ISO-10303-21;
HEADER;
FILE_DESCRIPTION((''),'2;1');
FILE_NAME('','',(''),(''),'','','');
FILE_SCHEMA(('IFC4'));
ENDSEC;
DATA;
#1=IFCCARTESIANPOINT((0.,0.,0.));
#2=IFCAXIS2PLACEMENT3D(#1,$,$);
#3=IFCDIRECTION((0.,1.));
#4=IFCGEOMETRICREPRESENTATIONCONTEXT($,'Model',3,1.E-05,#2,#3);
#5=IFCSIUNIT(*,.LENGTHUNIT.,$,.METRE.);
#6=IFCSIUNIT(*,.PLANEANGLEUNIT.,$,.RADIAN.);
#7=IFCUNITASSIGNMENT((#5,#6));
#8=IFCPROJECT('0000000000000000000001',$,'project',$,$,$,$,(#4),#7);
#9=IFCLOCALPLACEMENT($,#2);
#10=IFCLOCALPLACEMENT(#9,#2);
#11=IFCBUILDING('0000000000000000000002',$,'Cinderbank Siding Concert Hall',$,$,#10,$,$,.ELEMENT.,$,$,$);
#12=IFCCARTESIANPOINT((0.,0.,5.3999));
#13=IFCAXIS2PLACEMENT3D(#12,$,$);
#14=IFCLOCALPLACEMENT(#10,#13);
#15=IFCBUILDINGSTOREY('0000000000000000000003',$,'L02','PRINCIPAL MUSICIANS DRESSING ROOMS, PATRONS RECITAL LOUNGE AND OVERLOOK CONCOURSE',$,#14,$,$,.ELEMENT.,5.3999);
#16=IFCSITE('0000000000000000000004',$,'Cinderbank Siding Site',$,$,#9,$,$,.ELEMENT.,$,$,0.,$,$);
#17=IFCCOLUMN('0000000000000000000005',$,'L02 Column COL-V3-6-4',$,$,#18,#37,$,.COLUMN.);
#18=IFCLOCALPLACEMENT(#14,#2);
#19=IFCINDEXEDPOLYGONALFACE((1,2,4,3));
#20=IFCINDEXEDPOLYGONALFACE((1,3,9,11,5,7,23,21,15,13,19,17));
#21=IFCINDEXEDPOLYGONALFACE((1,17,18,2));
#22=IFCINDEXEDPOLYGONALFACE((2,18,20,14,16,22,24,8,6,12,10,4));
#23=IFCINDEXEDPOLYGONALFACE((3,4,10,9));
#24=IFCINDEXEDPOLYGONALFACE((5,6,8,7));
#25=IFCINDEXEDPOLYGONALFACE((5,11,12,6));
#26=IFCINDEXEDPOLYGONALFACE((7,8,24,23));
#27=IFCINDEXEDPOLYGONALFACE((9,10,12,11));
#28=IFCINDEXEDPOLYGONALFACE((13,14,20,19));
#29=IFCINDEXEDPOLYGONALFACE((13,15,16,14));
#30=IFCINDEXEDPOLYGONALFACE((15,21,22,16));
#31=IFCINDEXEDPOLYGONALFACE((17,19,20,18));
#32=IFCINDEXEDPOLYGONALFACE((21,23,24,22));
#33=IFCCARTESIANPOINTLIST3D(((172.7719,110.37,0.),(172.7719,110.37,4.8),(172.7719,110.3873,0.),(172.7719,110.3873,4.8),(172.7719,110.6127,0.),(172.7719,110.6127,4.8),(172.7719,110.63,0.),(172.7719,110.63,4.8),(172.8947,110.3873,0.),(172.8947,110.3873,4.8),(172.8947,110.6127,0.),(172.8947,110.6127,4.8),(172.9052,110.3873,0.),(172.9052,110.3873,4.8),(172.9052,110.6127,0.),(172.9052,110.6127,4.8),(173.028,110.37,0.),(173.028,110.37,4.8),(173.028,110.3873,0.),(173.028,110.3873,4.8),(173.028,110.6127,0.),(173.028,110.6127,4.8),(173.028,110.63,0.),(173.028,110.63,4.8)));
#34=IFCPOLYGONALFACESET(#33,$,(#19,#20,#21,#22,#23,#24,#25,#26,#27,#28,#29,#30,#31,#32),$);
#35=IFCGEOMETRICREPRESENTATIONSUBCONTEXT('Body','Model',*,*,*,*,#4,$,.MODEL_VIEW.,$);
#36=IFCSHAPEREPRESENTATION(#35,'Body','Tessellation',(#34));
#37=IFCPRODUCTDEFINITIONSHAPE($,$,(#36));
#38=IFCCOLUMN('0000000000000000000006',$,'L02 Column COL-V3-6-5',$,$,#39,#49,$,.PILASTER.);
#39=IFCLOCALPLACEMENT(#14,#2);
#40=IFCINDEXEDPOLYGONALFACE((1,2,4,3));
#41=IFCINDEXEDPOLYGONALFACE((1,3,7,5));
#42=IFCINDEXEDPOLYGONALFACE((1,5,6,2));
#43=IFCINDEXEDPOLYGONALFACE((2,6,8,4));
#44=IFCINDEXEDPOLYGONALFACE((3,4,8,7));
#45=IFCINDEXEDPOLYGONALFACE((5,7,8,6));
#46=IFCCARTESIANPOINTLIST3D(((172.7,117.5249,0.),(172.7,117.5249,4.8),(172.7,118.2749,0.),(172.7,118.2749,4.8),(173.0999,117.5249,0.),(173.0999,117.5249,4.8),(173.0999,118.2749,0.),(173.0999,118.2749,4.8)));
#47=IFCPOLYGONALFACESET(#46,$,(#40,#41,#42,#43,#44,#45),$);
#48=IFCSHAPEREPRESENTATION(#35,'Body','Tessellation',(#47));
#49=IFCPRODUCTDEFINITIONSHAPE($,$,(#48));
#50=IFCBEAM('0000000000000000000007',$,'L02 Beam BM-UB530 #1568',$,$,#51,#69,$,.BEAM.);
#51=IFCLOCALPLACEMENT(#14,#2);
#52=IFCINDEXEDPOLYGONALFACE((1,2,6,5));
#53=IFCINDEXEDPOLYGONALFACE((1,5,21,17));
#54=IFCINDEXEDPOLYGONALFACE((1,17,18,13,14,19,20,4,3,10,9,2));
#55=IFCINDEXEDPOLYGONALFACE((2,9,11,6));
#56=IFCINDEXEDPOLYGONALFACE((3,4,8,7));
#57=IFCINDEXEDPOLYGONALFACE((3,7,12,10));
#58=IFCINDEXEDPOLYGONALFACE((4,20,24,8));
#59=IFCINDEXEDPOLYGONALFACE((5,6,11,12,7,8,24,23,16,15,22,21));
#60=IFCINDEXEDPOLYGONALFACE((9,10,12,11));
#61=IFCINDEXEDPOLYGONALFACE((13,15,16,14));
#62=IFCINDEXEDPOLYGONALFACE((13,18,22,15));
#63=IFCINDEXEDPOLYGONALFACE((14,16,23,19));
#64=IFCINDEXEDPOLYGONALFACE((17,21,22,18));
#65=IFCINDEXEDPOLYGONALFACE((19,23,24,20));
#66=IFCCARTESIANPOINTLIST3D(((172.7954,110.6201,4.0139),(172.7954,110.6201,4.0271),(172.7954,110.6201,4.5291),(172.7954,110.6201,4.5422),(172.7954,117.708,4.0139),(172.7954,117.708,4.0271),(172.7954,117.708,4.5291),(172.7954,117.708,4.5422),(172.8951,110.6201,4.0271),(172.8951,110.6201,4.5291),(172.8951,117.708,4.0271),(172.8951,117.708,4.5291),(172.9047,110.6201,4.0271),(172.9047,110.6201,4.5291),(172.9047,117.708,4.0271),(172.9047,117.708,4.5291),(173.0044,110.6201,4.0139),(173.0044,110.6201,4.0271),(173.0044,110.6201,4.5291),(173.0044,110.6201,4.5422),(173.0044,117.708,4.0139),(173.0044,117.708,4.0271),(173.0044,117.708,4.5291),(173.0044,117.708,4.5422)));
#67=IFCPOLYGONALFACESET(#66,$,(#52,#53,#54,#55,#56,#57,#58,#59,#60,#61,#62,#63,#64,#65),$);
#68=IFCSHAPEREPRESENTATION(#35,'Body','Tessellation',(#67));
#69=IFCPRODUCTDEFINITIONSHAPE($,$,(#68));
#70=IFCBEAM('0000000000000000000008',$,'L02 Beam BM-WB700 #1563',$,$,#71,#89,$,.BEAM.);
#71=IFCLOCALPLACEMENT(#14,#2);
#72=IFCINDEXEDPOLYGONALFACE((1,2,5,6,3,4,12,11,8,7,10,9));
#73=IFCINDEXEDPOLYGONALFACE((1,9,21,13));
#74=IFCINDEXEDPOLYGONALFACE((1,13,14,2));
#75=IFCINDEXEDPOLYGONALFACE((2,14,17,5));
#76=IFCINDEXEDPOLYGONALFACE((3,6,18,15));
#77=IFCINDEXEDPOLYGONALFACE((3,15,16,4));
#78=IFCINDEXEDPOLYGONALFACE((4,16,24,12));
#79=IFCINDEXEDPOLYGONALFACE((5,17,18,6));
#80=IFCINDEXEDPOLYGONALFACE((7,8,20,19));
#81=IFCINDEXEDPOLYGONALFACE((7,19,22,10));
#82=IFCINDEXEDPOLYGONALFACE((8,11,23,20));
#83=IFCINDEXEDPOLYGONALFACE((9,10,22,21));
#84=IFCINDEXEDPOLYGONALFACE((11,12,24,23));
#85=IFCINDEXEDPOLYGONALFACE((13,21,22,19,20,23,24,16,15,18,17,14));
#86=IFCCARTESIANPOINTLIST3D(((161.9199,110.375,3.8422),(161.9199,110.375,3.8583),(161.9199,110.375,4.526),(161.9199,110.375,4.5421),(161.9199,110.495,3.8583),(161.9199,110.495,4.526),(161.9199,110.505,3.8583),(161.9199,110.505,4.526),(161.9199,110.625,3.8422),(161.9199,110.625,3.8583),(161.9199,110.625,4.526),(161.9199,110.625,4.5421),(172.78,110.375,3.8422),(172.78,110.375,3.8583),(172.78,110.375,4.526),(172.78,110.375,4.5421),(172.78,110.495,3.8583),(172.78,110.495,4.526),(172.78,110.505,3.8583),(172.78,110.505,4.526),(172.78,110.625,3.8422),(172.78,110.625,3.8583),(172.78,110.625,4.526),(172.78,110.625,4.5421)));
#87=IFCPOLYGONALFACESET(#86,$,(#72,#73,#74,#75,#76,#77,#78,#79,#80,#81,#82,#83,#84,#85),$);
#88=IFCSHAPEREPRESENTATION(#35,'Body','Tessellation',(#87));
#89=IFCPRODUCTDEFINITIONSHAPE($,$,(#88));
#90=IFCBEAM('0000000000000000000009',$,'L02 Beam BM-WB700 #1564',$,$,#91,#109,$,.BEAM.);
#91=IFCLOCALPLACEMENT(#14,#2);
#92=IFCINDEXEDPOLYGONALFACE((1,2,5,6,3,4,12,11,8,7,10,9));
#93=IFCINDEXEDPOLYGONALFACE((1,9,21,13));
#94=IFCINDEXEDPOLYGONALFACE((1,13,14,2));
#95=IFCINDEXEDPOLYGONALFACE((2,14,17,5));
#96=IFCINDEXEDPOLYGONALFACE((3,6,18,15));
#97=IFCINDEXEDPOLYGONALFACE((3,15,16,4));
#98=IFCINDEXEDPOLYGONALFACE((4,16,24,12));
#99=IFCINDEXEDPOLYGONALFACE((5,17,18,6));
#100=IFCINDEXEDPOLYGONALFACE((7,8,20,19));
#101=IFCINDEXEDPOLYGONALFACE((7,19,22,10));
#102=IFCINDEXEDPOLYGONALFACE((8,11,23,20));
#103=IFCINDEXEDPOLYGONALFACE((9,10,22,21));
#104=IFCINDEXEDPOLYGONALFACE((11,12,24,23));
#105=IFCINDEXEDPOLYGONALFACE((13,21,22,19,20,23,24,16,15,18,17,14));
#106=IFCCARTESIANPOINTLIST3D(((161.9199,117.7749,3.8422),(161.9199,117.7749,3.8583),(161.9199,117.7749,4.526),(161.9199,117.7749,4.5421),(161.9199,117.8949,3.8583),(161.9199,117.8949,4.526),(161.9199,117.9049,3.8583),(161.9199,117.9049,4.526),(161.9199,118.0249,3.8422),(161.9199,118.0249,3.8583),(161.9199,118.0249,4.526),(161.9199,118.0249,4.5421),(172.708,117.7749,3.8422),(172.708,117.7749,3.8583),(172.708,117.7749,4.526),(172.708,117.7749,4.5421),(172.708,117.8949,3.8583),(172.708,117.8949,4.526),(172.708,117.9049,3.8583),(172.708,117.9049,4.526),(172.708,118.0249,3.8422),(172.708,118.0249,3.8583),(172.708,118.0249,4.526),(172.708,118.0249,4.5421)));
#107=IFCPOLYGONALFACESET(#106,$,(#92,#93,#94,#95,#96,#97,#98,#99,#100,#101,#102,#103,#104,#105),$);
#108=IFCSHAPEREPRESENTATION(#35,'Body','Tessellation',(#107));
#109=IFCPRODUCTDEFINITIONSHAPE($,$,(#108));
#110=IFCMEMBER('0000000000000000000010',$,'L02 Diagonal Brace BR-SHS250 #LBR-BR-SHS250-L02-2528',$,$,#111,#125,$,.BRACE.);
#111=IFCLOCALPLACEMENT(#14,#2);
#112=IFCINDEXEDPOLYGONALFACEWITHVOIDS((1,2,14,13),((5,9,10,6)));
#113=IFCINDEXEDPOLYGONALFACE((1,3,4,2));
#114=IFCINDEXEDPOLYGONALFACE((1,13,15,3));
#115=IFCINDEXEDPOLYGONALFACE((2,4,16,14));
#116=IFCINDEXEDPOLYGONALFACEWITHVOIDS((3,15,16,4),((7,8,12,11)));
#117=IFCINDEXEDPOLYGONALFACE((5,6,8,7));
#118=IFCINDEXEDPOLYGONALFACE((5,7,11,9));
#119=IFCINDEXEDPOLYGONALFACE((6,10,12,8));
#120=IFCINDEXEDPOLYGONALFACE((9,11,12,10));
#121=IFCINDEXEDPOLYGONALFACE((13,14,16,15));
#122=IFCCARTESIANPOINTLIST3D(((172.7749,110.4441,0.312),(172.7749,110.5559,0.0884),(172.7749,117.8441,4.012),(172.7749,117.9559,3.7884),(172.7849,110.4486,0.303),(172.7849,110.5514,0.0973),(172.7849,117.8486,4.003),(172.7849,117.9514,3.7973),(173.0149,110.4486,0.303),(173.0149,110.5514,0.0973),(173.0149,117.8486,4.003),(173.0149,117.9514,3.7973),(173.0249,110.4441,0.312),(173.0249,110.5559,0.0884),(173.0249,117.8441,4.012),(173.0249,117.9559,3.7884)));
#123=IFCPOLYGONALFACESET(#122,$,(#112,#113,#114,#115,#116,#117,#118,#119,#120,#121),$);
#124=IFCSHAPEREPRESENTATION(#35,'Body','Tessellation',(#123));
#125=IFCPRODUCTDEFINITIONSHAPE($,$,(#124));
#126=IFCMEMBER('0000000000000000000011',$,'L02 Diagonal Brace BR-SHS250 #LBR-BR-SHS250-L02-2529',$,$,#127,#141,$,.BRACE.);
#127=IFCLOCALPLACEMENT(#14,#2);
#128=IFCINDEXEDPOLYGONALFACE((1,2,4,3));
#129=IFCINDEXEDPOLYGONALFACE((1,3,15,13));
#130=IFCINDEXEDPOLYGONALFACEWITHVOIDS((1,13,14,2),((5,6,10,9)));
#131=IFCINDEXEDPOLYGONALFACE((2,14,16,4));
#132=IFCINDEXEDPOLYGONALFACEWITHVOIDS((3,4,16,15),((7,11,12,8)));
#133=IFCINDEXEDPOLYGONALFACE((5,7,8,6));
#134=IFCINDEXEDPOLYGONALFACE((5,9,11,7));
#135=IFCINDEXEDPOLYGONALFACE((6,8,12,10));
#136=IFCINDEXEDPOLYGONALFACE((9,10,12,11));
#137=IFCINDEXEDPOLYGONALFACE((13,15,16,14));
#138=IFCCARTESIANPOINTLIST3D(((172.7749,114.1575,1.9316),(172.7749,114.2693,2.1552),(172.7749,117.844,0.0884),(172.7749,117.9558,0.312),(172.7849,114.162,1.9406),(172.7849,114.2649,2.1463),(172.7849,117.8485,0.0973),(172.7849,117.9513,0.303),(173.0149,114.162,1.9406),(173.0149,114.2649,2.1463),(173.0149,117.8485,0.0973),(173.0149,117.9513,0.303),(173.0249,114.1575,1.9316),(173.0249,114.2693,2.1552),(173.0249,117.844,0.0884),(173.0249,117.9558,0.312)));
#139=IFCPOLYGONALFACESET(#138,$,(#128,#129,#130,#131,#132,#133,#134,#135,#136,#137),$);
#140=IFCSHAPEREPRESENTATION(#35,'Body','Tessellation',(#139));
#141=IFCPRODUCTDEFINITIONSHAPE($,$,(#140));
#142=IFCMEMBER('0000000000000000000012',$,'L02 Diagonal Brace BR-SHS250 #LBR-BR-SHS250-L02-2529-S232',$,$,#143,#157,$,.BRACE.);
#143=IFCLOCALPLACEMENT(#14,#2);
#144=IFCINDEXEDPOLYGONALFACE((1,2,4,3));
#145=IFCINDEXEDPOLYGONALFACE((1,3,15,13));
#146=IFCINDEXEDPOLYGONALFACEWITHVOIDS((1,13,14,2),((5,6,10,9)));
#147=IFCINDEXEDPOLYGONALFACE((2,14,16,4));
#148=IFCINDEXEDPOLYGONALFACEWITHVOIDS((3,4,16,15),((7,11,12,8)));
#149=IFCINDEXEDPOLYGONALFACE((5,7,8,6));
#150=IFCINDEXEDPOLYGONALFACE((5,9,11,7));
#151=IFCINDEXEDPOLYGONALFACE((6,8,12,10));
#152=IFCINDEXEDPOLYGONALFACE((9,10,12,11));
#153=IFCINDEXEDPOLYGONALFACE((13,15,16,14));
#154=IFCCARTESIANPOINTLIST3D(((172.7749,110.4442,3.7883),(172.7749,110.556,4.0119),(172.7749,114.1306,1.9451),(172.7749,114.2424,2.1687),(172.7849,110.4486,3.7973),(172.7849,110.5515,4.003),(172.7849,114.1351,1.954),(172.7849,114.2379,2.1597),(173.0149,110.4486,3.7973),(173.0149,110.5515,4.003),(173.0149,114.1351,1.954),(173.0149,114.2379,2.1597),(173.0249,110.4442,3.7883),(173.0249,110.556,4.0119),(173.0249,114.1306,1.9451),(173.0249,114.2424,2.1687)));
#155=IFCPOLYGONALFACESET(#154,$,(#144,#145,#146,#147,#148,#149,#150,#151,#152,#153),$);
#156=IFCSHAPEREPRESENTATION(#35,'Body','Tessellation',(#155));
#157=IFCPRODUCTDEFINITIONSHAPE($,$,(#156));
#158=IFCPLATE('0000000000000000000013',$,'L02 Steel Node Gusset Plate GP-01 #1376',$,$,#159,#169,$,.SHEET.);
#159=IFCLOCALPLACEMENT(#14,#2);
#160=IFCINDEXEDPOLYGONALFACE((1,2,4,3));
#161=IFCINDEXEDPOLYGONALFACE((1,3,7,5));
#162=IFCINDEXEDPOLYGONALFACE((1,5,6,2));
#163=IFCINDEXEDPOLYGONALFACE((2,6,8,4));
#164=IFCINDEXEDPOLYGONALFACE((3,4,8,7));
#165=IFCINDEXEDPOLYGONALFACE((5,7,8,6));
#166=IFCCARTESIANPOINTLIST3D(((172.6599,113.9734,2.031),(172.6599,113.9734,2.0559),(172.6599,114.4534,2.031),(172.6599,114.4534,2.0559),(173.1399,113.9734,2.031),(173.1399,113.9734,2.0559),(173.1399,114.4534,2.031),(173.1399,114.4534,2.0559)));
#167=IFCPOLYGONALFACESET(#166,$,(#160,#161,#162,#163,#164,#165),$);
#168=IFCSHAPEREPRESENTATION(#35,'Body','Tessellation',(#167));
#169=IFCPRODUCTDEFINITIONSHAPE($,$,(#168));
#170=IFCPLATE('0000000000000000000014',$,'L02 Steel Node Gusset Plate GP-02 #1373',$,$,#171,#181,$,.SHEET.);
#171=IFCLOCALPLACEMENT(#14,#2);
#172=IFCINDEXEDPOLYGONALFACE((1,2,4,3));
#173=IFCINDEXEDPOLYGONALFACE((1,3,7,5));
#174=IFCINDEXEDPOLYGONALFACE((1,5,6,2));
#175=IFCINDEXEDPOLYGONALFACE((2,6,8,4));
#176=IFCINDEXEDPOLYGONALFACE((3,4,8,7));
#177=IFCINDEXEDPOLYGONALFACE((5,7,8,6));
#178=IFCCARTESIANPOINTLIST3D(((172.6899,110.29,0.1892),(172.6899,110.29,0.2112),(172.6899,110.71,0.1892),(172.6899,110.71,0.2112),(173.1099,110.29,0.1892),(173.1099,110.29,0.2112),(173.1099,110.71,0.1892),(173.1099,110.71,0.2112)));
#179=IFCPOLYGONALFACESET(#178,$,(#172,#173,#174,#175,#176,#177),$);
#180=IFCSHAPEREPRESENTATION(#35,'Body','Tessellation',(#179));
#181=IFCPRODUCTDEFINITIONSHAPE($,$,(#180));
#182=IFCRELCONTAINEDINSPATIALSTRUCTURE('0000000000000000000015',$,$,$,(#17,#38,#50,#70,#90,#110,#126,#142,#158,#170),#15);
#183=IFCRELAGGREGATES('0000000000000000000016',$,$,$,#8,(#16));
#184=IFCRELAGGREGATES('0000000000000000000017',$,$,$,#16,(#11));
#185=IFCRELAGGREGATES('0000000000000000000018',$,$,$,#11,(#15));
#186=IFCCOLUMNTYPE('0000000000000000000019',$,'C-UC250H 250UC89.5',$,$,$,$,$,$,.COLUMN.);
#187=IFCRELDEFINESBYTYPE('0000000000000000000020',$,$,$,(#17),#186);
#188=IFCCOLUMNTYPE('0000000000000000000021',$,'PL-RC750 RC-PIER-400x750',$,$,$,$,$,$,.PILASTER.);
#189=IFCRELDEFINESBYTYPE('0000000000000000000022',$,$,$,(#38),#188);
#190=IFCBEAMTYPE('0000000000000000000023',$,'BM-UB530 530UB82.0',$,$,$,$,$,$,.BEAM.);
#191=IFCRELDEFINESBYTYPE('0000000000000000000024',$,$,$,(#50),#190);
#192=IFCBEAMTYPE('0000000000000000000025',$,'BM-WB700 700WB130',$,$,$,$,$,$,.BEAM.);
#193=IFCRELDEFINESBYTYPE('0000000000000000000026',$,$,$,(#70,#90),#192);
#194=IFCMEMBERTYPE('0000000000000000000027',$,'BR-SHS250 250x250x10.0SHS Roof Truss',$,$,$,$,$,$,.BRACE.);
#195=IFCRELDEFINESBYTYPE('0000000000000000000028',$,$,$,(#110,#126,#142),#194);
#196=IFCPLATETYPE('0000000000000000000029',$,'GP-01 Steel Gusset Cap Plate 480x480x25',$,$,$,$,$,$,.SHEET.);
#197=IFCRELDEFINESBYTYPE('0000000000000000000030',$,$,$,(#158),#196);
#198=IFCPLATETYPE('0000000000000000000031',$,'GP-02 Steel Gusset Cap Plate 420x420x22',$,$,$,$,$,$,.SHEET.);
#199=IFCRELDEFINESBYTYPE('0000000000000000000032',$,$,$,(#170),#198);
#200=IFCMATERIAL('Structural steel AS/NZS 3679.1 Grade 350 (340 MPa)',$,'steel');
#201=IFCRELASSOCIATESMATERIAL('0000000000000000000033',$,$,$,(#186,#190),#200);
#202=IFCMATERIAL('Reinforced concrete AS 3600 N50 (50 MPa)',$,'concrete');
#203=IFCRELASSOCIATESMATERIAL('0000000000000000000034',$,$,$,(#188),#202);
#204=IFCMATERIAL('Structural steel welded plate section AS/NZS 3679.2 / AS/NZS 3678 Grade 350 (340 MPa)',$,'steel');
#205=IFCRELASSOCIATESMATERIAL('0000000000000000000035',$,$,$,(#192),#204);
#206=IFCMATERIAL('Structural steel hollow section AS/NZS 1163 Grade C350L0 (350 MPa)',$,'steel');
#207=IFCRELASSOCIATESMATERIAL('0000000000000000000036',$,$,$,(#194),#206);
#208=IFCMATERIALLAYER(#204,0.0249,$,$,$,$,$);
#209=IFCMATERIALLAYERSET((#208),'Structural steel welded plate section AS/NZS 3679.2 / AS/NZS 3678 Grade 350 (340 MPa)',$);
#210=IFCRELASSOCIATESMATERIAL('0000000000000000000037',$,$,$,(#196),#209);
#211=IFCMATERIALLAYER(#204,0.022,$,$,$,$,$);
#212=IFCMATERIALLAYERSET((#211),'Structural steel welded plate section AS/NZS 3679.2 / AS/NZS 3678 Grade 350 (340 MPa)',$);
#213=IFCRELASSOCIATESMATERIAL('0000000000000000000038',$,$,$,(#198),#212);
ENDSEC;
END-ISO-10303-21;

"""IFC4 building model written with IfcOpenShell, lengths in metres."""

from ifc_helpers import new_model, si_unit, direction, frame, origin, origin_2d, place, context, subcontext, project, spatial, rectangle, hollow_rectangle, i_section, extrude, material, layer, layer_set, material_profile, profile_set, type_object, element, save


model = new_model("IFC4")

# Units and contexts
model_context = context("Model", 3, precision=1e-05, world=origin(), true_north=direction((0.0, 1.0)))
body_context = subcontext(model_context, "Body", "Model", "MODEL_VIEW")
ifc_project = project(units=[si_unit("LENGTHUNIT", "METRE"), si_unit("PLANEANGLEUNIT", "RADIAN")], contexts=[model_context])

# Site, building, storey
site_placement = place(None, origin())
site = spatial("IfcSite", under=ifc_project, at=site_placement, Name="Cinderbank Siding Site", CompositionType="ELEMENT", RefElevation=0.0)
building_placement = place(site_placement, origin())
building = spatial("IfcBuilding", under=site, at=building_placement, Name="Cinderbank Siding Concert Hall", CompositionType="ELEMENT")
storey_placement = place(building_placement, frame((0.0, 0.0, 5.3999)))
storey = spatial("IfcBuildingStorey", under=building, at=storey_placement, Name="L02", Description="PRINCIPAL MUSICIANS DRESSING ROOMS, PATRONS RECITAL LOUNGE AND OVERLOOK CONCOURSE", CompositionType="ELEMENT", Elevation=5.3999)

# Columns
ifc_material_1 = material(Name="Structural steel AS/NZS 3679.1 Grade 350 (340 MPa)", Category="steel")
ifc_material_profile_1 = material_profile(ifc_material_1, i_section(OverallWidth=0.2561, OverallDepth=0.26, WebThickness=0.0105, FlangeThickness=0.0173, at=origin_2d()), Name="250UC89.5", Category="LoadBearing")
ifc_profile_set_1 = profile_set([ifc_material_profile_1], Name="Structural steel AS/NZS 3679.1 Grade 350 (340 MPa)")
column_type_1 = type_object("IfcColumnType", Name="C-UC250H 250UC89.5", PredefinedType="COLUMN", material=ifc_profile_set_1)
column_1_placement = place(storey_placement, frame((172.8999, 110.5, 0.0), z_axis=(0.0, 0.0, 1.0), x_axis=(1.0, 0.0, 0.0)))
element("IfcColumn", 1, at=column_1_placement, inside=storey, type_object=column_type_1, Name="L02 Column COL-V3-6-4", PredefinedType="COLUMN", context=body_context, shape_type="SweptSolid", body=[
    extrude(i_section(OverallWidth=0.2561, OverallDepth=0.26, WebThickness=0.0105, FlangeThickness=0.0173, at=origin_2d()), origin(), (0.0, 0.0, 1.0), 4.8),
])
ifc_material_2 = material(Name="Reinforced concrete AS 3600 N50 (50 MPa)", Category="concrete")
ifc_material_profile_2 = material_profile(ifc_material_2, rectangle(XDim=0.3999, YDim=0.75, at=origin_2d()), Name="RC-PIER-400x750", Category="LoadBearing")
ifc_profile_set_2 = profile_set([ifc_material_profile_2], Name="Reinforced concrete AS 3600 N50 (50 MPa)")
column_type_2 = type_object("IfcColumnType", Name="PL-RC750 RC-PIER-400x750", PredefinedType="PILASTER", material=ifc_profile_set_2)
column_2_placement = place(storey_placement, frame((172.8999, 117.8999, 0.0), z_axis=(0.0, 0.0, 1.0), x_axis=(1.0, 0.0, 0.0)))
element("IfcColumn", 2, at=column_2_placement, inside=storey, type_object=column_type_2, Name="L02 Column COL-V3-6-5", PredefinedType="PILASTER", context=body_context, shape_type="SweptSolid", body=[
    extrude(rectangle(XDim=0.3999, YDim=0.75, at=origin_2d()), origin(), (0.0, 0.0, 1.0), 4.8),
])

# Beams
ifc_material_profile_3 = material_profile(ifc_material_1, i_section(OverallWidth=0.209, OverallDepth=0.5283, WebThickness=0.0095, FlangeThickness=0.0132, at=origin_2d()), Name="530UB82.0", Category="LoadBearing")
ifc_profile_set_3 = profile_set([ifc_material_profile_3], Name="Structural steel AS/NZS 3679.1 Grade 350 (340 MPa)")
beam_type_1 = type_object("IfcBeamType", Name="BM-UB530 530UB82.0", PredefinedType="BEAM", material=ifc_profile_set_3)
beam_1_placement = place(storey_placement, frame((172.8999, 110.6201, 4.2781), z_axis=(0.0, 1.0, 0.0), x_axis=(-1.0, 0.0, 0.0)))
element("IfcBeam", 3, at=beam_1_placement, inside=storey, type_object=beam_type_1, Name="L02 Beam BM-UB530 #1568", PredefinedType="BEAM", context=body_context, shape_type="SweptSolid", body=[
    extrude(i_section(OverallWidth=0.209, OverallDepth=0.5283, WebThickness=0.0095, FlangeThickness=0.0132, at=origin_2d()), origin(), (0.0, 0.0, 1.0), 7.0879),
])
ifc_material_3 = material(Name="Structural steel welded plate section AS/NZS 3679.2 / AS/NZS 3678 Grade 350 (340 MPa)", Category="steel")
ifc_material_profile_4 = material_profile(ifc_material_3, i_section(OverallWidth=0.25, OverallDepth=0.7, WebThickness=0.01, FlangeThickness=0.0161, at=origin_2d()), Name="700WB130", Category="LoadBearing")
ifc_profile_set_4 = profile_set([ifc_material_profile_4], Name="Structural steel welded plate section AS/NZS 3679.2 / AS/NZS 3678 Grade 350 (340 MPa)")
beam_type_2 = type_object("IfcBeamType", Name="BM-WB700 700WB130", PredefinedType="BEAM", material=ifc_profile_set_4)
beam_2_placement = place(storey_placement, frame((161.9199, 110.5, 4.1921), z_axis=(1.0, 0.0, 0.0), x_axis=(0.0, 1.0, 0.0)))
element("IfcBeam", 4, at=beam_2_placement, inside=storey, type_object=beam_type_2, Name="L02 Beam BM-WB700 #1563", PredefinedType="BEAM", context=body_context, shape_type="SweptSolid", body=[
    extrude(i_section(OverallWidth=0.25, OverallDepth=0.7, WebThickness=0.01, FlangeThickness=0.0161, at=origin_2d()), origin(), (0.0, 0.0, 1.0), 10.8601),
])
beam_3_placement = place(storey_placement, frame((161.9199, 117.8999, 4.1921), z_axis=(1.0, 0.0, 0.0), x_axis=(0.0, 1.0, 0.0)))
element("IfcBeam", 5, at=beam_3_placement, inside=storey, type_object=beam_type_2, Name="L02 Beam BM-WB700 #1564", PredefinedType="BEAM", context=body_context, shape_type="SweptSolid", body=[
    extrude(i_section(OverallWidth=0.25, OverallDepth=0.7, WebThickness=0.01, FlangeThickness=0.0161, at=origin_2d()), origin(), (0.0, 0.0, 1.0), 10.7881),
])

# Members
ifc_material_4 = material(Name="Structural steel hollow section AS/NZS 1163 Grade C350L0 (350 MPa)", Category="steel")
ifc_material_profile_5 = material_profile(ifc_material_4, hollow_rectangle(XDim=0.25, YDim=0.25, WallThickness=0.01, at=origin_2d()), Name="250x250x10.0SHS", Category="LoadBearing")
ifc_profile_set_5 = profile_set([ifc_material_profile_5], Name="Structural steel hollow section AS/NZS 1163 Grade C350L0 (350 MPa)")
member_type = type_object("IfcMemberType", Name="BR-SHS250 250x250x10.0SHS Roof Truss", PredefinedType="BRACE", material=ifc_profile_set_5)
member_placement = place(storey_placement, frame((172.8999, 110.5, 0.2002), z_axis=(0.0, 0.894427, 0.447214), x_axis=(-1.0, 0.0, 0.0)))
element("IfcMember", 6, at=member_placement, inside=storey, type_object=member_type, Name="L02 Diagonal Brace BR-SHS250 #LBR-BR-SHS250-L02-2528", PredefinedType="BRACE", context=body_context, shape_type="SweptSolid", body=[
    extrude(hollow_rectangle(XDim=0.25, YDim=0.25, WallThickness=0.01, at=origin_2d()), origin(), (0.0, 0.0, 1.0), 8.2734),
])
for number, where, z_axis, x_axis, name in (
    (7, (172.8999, 117.8999, 0.2002), (0.0, -0.894427, 0.447214), (1.0, 0.0, 0.0), "L02 Diagonal Brace BR-SHS250 #LBR-BR-SHS250-L02-2529"),
    (8, (172.8999, 114.1865, 2.0569), (0.0, -0.894427, 0.447214), (1.0, 0.0, 0.0), "L02 Diagonal Brace BR-SHS250 #LBR-BR-SHS250-L02-2529-S232"),
):
    element("IfcMember", number, at=place(storey_placement, frame(where, z_axis=z_axis, x_axis=x_axis)), inside=storey, type_object=member_type, Name=name, PredefinedType="BRACE", context=body_context, shape_type="SweptSolid", body=[
        extrude(hollow_rectangle(XDim=0.25, YDim=0.25, WallThickness=0.01, at=origin_2d()), origin(), (0.0, 0.0, 1.0), 4.1216),
    ])

# Plates
ifc_layer_1 = layer(ifc_material_3, 0.0249)
ifc_layer_set_1 = layer_set([ifc_layer_1], Name="Structural steel welded plate section AS/NZS 3679.2 / AS/NZS 3678 Grade 350 (340 MPa)")
plate_type_1 = type_object("IfcPlateType", Name="GP-01 Steel Gusset Cap Plate 480x480x25", PredefinedType="SHEET", material=ifc_layer_set_1)
plate_1_placement = place(storey_placement, frame((172.8999, 114.2134, 2.031), z_axis=(0.0, 0.0, 1.0), x_axis=(0.0, -1.0, 0.0)))
element("IfcPlate", 9, at=plate_1_placement, inside=storey, type_object=plate_type_1, Name="L02 Steel Node Gusset Plate GP-01 #1376", PredefinedType="SHEET", context=body_context, shape_type="SweptSolid", body=[
    extrude(rectangle(XDim=0.48, YDim=0.48, at=origin_2d()), origin(), (0.0, 0.0, 1.0), 0.0249),
])
ifc_layer_2 = layer(ifc_material_3, 0.022)
ifc_layer_set_2 = layer_set([ifc_layer_2], Name="Structural steel welded plate section AS/NZS 3679.2 / AS/NZS 3678 Grade 350 (340 MPa)")
plate_type_2 = type_object("IfcPlateType", Name="GP-02 Steel Gusset Cap Plate 420x420x22", PredefinedType="SHEET", material=ifc_layer_set_2)
for number, where, z_axis, x_axis, name in (
    (10, (172.8999, 110.5, 0.1892), (0.0, 0.0, 1.0), (0.0, 1.0, 0.0), "L02 Steel Node Gusset Plate GP-02 #1373"),
):
    element("IfcPlate", number, at=place(storey_placement, frame(where, z_axis=z_axis, x_axis=x_axis)), inside=storey, type_object=plate_type_2, Name=name, PredefinedType="SHEET", context=body_context, shape_type="SweptSolid", body=[
        extrude(rectangle(XDim=0.4199, YDim=0.4199, at=origin_2d()), origin(), (0.0, 0.0, 1.0), 0.022),
    ])

save(model, "model.ifc")
